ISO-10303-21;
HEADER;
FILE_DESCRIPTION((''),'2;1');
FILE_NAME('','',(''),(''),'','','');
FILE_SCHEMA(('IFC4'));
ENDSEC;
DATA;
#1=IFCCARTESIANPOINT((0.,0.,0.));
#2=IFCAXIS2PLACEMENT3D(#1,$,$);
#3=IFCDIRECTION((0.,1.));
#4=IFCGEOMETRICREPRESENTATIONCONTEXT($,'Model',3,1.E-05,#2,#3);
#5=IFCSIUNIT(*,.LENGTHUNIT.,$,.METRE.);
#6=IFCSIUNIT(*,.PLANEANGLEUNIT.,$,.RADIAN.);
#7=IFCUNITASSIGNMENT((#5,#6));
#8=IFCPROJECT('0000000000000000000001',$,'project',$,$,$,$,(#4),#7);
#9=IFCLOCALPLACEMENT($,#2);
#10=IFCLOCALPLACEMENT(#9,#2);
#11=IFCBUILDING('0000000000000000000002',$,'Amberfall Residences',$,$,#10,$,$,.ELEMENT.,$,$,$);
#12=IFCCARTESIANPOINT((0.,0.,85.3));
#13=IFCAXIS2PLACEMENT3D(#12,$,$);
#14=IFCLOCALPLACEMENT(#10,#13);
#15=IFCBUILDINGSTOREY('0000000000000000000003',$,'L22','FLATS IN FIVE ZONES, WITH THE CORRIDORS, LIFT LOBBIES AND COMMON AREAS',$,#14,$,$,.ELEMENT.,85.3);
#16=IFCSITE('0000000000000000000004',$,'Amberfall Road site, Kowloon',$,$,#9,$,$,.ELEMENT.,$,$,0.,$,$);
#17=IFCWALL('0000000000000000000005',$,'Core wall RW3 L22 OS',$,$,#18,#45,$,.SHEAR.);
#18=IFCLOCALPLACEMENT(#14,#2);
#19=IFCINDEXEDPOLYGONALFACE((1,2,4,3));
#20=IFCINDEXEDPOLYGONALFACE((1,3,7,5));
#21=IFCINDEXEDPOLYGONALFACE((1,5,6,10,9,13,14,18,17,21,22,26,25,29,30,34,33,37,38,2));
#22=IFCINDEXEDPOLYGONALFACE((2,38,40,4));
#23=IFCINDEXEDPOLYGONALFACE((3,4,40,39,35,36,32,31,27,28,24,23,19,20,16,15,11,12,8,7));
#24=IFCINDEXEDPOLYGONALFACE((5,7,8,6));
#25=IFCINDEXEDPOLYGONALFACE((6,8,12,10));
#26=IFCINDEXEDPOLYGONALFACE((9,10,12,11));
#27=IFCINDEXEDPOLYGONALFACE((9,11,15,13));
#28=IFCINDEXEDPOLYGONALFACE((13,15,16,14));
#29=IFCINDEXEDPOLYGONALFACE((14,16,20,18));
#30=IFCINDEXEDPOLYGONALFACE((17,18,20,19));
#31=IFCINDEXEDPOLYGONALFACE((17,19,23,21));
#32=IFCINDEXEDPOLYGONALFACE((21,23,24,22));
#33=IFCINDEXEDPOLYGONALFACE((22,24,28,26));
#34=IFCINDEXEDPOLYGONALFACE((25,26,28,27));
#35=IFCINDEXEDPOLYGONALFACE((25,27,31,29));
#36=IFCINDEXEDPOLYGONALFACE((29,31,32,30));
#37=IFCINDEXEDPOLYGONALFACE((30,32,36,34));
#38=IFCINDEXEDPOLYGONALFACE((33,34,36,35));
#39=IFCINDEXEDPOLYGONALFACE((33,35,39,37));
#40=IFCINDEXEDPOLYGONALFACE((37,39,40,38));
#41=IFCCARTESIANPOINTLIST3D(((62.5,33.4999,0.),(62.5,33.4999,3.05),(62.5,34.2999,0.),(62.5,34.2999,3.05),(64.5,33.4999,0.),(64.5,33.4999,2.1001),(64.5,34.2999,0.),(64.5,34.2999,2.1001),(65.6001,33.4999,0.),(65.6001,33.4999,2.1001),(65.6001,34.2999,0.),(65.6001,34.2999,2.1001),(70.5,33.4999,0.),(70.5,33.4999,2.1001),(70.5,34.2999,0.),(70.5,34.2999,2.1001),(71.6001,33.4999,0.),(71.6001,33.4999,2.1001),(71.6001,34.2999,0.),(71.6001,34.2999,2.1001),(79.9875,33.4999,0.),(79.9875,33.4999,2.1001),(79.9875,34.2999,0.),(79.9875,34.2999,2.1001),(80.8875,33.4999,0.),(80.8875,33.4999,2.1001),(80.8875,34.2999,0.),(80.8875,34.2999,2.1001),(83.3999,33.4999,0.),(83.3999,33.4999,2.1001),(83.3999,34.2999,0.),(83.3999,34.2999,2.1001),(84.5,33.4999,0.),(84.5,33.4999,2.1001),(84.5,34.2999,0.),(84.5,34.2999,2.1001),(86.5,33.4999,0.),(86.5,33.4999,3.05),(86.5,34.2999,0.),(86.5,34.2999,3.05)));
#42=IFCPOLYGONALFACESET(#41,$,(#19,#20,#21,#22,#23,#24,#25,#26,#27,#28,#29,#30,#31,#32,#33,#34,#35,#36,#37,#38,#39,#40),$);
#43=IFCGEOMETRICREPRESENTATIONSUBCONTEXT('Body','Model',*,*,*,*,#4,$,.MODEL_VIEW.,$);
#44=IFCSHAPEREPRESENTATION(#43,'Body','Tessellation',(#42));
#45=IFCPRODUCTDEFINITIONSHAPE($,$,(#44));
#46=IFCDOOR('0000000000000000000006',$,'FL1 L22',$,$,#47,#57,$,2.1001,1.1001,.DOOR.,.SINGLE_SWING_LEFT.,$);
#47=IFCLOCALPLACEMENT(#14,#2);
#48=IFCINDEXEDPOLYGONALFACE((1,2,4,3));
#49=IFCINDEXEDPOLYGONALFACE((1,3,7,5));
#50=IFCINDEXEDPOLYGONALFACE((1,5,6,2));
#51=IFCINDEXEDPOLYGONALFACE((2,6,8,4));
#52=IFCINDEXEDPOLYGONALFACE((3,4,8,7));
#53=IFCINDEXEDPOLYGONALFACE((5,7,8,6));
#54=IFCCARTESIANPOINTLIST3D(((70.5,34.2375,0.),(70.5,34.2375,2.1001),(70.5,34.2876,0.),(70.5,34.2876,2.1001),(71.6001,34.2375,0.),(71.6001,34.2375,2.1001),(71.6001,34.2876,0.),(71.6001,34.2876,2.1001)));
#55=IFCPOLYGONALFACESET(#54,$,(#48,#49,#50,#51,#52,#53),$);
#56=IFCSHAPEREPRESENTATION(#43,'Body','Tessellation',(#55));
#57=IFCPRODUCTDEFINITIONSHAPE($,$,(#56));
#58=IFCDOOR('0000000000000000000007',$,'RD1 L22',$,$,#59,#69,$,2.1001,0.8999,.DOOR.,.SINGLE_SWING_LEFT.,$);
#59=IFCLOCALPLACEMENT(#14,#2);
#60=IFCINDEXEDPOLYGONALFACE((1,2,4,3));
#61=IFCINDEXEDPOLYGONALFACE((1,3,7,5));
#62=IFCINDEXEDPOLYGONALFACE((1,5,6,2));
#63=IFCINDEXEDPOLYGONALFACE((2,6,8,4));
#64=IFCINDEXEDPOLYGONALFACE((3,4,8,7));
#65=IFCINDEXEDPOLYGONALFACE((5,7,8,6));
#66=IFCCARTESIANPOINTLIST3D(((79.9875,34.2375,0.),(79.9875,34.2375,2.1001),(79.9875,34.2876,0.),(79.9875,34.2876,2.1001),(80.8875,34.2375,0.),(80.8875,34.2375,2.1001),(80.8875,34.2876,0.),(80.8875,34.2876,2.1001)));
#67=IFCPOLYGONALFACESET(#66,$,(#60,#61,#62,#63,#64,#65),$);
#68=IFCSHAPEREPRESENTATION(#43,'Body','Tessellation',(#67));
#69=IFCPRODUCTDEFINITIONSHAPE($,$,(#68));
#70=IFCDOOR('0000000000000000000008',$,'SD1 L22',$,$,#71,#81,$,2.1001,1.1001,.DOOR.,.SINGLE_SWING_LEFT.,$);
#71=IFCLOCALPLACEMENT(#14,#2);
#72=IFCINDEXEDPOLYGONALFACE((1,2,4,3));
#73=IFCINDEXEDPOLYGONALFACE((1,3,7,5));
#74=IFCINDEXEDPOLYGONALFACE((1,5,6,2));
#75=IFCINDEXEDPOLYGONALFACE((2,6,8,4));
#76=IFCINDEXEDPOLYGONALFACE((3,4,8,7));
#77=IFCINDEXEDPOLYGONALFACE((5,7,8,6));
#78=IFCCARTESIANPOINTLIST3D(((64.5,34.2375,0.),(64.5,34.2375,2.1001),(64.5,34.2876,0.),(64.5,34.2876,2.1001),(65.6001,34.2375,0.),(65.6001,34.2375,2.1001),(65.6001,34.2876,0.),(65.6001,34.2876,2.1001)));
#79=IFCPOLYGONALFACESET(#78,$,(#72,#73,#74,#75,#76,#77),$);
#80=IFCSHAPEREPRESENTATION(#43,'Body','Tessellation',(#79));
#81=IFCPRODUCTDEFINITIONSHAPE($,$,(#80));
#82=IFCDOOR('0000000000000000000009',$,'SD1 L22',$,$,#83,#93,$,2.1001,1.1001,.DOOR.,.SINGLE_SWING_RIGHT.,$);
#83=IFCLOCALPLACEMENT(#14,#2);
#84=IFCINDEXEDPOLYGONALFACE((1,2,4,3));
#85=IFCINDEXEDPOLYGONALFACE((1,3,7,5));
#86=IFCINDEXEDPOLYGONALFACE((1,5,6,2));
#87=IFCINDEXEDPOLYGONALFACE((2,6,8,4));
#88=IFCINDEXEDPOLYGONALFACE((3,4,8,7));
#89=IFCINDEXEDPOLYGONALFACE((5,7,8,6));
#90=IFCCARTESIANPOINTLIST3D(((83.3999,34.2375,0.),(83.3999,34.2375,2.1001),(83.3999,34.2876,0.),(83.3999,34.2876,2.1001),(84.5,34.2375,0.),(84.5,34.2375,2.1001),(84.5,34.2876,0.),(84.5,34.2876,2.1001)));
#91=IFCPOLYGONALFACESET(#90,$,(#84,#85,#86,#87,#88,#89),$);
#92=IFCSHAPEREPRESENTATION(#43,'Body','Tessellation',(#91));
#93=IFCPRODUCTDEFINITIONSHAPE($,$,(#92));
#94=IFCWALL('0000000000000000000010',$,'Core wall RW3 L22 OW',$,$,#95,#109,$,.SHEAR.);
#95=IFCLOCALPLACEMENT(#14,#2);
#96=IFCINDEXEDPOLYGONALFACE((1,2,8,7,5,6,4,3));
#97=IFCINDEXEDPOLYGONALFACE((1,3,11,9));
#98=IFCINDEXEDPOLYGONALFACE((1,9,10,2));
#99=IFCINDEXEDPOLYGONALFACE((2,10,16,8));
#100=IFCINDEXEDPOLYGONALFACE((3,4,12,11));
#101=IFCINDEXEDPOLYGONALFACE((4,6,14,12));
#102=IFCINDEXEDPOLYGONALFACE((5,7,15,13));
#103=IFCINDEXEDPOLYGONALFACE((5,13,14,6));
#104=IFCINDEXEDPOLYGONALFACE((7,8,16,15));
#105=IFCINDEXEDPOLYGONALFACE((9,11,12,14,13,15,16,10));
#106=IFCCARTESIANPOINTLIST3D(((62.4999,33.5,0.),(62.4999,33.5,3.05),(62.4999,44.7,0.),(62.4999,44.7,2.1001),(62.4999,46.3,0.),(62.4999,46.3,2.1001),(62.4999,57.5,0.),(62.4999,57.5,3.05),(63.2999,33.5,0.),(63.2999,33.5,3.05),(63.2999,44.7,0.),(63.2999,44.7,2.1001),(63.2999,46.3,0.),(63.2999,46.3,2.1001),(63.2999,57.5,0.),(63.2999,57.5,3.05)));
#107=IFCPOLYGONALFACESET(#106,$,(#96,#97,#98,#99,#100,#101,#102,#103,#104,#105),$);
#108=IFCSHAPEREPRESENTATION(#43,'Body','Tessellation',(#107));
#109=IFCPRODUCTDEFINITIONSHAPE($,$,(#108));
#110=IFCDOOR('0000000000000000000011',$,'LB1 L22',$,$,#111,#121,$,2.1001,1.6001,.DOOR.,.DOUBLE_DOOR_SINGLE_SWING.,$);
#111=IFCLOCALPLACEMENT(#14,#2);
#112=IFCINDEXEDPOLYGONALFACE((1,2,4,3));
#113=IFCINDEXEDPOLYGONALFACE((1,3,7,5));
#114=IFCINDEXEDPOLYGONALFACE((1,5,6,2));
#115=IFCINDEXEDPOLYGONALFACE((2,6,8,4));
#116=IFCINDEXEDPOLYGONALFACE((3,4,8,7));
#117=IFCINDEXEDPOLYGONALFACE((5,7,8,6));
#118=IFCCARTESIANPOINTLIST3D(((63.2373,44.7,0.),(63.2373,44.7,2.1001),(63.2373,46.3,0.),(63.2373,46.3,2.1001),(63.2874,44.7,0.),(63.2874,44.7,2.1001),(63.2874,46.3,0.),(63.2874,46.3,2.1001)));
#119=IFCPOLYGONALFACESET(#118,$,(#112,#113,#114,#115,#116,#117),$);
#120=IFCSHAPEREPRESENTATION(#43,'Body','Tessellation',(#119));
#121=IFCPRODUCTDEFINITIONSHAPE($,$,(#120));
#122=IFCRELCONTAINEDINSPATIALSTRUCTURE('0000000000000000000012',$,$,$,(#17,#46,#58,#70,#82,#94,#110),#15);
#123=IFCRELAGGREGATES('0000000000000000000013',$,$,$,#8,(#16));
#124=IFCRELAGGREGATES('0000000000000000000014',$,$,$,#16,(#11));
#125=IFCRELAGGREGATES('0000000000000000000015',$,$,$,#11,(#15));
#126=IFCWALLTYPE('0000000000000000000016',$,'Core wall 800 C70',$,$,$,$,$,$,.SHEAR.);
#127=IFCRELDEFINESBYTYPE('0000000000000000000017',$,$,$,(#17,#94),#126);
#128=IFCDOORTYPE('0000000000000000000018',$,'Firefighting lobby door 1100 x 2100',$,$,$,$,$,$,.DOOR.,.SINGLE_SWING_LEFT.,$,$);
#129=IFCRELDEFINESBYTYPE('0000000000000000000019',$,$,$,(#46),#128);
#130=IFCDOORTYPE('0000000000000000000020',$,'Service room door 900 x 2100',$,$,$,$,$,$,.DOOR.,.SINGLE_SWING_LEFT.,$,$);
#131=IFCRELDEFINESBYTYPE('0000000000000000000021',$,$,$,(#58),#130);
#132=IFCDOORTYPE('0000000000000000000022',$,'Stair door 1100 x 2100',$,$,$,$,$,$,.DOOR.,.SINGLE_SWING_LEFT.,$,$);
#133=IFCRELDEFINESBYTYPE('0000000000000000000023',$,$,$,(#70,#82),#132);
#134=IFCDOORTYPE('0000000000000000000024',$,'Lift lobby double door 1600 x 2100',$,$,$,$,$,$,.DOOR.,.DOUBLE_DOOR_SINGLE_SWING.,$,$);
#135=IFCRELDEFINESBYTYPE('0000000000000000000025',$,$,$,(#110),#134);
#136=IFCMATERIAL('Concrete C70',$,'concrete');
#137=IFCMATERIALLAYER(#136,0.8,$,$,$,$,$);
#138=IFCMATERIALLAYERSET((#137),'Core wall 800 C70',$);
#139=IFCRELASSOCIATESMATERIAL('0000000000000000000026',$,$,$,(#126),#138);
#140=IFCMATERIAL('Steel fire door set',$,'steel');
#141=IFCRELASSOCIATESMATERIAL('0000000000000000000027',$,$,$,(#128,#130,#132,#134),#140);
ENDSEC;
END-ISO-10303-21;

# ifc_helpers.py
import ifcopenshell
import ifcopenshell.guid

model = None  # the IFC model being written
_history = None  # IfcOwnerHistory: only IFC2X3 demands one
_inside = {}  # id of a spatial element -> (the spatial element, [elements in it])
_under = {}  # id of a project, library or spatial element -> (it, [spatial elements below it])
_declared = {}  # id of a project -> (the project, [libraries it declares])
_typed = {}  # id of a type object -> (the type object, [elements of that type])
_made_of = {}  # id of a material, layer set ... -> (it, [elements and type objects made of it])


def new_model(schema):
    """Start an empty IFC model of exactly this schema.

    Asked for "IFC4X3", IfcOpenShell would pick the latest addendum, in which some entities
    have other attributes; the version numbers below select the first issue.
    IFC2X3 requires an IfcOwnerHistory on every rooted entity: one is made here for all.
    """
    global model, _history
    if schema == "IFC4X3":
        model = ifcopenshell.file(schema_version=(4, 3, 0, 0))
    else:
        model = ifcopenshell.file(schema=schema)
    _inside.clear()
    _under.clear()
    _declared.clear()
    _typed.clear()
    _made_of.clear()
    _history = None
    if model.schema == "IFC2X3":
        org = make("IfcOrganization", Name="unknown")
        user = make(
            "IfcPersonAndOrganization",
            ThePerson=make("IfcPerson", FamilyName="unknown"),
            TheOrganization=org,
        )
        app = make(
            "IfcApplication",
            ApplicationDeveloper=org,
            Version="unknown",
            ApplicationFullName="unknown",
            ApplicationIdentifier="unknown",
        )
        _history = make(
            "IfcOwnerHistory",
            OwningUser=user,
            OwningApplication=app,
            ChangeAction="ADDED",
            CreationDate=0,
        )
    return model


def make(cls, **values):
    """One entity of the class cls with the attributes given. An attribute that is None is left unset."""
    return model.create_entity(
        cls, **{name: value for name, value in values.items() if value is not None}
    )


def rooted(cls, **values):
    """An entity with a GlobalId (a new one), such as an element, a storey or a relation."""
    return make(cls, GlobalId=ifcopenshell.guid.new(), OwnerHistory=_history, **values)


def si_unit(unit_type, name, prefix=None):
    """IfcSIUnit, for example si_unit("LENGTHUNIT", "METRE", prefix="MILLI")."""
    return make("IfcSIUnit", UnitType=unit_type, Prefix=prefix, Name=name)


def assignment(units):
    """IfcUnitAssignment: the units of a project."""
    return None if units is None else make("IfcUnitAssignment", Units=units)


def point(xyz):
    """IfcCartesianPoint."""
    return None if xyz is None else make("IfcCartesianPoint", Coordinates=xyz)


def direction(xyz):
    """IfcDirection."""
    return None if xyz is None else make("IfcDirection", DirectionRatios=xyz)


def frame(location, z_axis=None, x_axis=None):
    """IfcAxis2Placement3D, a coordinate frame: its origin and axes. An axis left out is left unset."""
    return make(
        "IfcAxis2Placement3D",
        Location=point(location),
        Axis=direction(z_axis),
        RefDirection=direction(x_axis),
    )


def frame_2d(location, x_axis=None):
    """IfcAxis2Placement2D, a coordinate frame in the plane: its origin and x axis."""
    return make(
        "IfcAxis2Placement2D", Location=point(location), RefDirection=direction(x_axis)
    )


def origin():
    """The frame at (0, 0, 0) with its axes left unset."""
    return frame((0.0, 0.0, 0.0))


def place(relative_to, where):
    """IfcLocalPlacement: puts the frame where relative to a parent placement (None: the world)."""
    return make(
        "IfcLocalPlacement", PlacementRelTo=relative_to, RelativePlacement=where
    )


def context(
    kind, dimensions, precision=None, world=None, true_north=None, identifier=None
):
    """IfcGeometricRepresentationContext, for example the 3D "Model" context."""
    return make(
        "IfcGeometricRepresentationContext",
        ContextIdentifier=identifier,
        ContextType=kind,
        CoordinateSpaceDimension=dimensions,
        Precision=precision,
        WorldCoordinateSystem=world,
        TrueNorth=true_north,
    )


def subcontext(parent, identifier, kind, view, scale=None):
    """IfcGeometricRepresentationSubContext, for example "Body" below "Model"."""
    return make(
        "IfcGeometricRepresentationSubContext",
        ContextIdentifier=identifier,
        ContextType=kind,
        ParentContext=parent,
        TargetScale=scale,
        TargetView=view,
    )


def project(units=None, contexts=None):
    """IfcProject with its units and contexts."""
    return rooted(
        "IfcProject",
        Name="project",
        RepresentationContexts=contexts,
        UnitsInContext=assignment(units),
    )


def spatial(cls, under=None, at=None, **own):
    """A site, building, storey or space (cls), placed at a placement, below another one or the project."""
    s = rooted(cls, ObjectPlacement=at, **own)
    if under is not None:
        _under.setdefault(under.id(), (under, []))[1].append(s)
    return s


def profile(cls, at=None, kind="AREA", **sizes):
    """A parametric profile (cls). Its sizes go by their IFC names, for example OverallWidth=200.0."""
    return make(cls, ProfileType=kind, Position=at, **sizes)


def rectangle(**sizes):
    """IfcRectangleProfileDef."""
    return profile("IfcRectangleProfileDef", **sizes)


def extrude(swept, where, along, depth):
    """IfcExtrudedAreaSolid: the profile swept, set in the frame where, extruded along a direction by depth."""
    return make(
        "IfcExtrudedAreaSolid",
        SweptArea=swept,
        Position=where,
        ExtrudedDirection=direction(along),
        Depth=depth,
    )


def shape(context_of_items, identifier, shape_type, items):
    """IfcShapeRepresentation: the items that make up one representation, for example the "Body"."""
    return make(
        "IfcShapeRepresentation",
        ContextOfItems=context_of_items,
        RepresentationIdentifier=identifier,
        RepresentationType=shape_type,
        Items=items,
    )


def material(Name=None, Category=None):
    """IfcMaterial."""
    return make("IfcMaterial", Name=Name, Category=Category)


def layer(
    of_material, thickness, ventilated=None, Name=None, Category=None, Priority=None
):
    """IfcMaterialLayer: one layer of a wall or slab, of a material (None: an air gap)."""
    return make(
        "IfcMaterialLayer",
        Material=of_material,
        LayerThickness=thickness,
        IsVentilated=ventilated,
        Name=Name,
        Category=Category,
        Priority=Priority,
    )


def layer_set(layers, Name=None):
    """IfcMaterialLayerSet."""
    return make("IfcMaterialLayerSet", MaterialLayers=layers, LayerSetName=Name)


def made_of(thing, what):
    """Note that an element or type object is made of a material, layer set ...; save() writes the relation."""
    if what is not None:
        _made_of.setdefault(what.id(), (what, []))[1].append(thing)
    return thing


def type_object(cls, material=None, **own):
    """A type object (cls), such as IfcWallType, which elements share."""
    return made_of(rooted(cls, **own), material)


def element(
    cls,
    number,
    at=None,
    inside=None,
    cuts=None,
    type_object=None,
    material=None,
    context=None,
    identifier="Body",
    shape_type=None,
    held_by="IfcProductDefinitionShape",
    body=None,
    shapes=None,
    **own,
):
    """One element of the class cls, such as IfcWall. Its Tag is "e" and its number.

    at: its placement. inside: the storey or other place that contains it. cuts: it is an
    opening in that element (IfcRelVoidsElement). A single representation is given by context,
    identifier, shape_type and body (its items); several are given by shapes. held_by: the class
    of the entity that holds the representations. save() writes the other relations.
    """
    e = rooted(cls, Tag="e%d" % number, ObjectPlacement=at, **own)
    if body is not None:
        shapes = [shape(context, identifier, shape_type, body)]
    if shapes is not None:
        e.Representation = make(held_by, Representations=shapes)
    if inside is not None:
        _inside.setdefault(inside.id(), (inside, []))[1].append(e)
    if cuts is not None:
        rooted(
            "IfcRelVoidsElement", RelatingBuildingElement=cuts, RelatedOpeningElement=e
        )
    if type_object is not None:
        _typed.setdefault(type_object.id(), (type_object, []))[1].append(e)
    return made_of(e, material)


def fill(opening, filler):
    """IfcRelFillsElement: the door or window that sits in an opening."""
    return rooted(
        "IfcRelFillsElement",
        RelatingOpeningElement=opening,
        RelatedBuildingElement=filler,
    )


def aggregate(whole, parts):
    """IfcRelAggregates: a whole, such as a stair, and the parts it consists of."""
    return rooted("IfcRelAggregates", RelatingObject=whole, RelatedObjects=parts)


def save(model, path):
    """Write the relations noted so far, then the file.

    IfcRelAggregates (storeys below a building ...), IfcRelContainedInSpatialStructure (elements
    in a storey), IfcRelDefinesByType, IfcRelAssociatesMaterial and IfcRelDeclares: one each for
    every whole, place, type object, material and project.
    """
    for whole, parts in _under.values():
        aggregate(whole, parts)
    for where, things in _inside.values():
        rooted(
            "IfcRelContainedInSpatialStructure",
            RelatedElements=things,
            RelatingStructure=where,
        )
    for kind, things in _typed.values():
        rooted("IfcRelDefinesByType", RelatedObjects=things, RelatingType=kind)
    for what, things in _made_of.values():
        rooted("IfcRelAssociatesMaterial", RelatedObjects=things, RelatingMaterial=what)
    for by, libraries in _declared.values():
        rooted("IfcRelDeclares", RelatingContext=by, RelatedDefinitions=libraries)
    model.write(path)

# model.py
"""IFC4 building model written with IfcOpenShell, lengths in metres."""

from ifc_helpers import new_model, si_unit, direction, frame, frame_2d, origin, place, context, subcontext, project, spatial, rectangle, extrude, material, layer, layer_set, type_object, element, fill, save


model = new_model("IFC4")

# Units and contexts
model_context = context("Model", 3, precision=1e-05, world=origin(), true_north=direction((0.0, 1.0)))
body_context = subcontext(model_context, "Body", "Model", "MODEL_VIEW")
ifc_project = project(units=[si_unit("LENGTHUNIT", "METRE"), si_unit("PLANEANGLEUNIT", "RADIAN")], contexts=[model_context])

# Site, building, storey
site_placement = place(None, origin())
site = spatial("IfcSite", under=ifc_project, at=site_placement, Name="Amberfall Road site, Kowloon", CompositionType="ELEMENT", RefElevation=0.0)
building_placement = place(site_placement, origin())
building = spatial("IfcBuilding", under=site, at=building_placement, Name="Amberfall Residences", CompositionType="ELEMENT")
storey_placement = place(building_placement, frame((0.0, 0.0, 85.3)))
storey = spatial("IfcBuildingStorey", under=building, at=storey_placement, Name="L22", Description="FLATS IN FIVE ZONES, WITH THE CORRIDORS, LIFT LOBBIES AND COMMON AREAS", CompositionType="ELEMENT", Elevation=85.3)

# Wall, openings, doors
ifc_material_1 = material(Name="Concrete C70", Category="concrete")
ifc_layer_1 = layer(ifc_material_1, 0.8)
ifc_layer_set_1 = layer_set([ifc_layer_1], Name="Core wall 800 C70")
wall_type_1 = type_object("IfcWallType", Name="Core wall 800 C70", PredefinedType="SHEAR", material=ifc_layer_set_1)
wall_1_placement = place(storey_placement, frame((62.5, 33.8999, 0.0), z_axis=(0.0, 0.0, 1.0), x_axis=(1.0, 0.0, 0.0)))
wall_1 = element("IfcWall", 1, at=wall_1_placement, inside=storey, type_object=wall_type_1, Name="Core wall RW3 L22 OS", PredefinedType="SHEAR", context=body_context, shape_type="SweptSolid", body=[
    extrude(rectangle(XDim=24.0, YDim=0.8, at=frame_2d((12.0, 0.0))), origin(), (0.0, 0.0, 1.0), 3.05),
])
opening_1_placement = place(wall_1_placement, frame((2.0, 0.0, 0.0)))
opening_1 = element("IfcOpeningElement", 2, at=opening_1_placement, cuts=wall_1, PredefinedType="OPENING", context=body_context, shape_type="SweptSolid", body=[
    extrude(rectangle(XDim=1.1001, YDim=2.1001, at=frame_2d((0.55, 1.05))), frame((0.0, 0.4099, 0.0), z_axis=(0.0, -1.0, 0.0), x_axis=(1.0, 0.0, 0.0)), (0.0, 0.0, 1.0), 0.8201),
])
opening_2_placement = place(wall_1_placement, frame((20.8999, 0.0, 0.0)))
opening_2 = element("IfcOpeningElement", 3, at=opening_2_placement, cuts=wall_1, PredefinedType="OPENING", context=body_context, shape_type="SweptSolid", body=[
    extrude(rectangle(XDim=1.1001, YDim=2.1001, at=frame_2d((0.55, 1.05))), frame((0.0, 0.4099, 0.0), z_axis=(0.0, -1.0, 0.0), x_axis=(1.0, 0.0, 0.0)), (0.0, 0.0, 1.0), 0.8201),
])
opening_3_placement = place(wall_1_placement, frame((8.0, 0.0, 0.0)))
opening_3 = element("IfcOpeningElement", 4, at=opening_3_placement, cuts=wall_1, PredefinedType="OPENING", context=body_context, shape_type="SweptSolid", body=[
    extrude(rectangle(XDim=1.1001, YDim=2.1001, at=frame_2d((0.55, 1.05))), frame((0.0, 0.4099, 0.0), z_axis=(0.0, -1.0, 0.0), x_axis=(1.0, 0.0, 0.0)), (0.0, 0.0, 1.0), 0.8201),
])
opening_4_placement = place(wall_1_placement, frame((17.4875, 0.0, 0.0)))
opening_4 = element("IfcOpeningElement", 5, at=opening_4_placement, cuts=wall_1, PredefinedType="OPENING", context=body_context, shape_type="SweptSolid", body=[
    extrude(rectangle(XDim=0.8999, YDim=2.1001, at=frame_2d((0.45, 1.05))), frame((0.0, 0.4099, 0.0), z_axis=(0.0, -1.0, 0.0), x_axis=(1.0, 0.0, 0.0)), (0.0, 0.0, 1.0), 0.8201),
])
ifc_material_2 = material(Name="Steel fire door set", Category="steel")
door_type_1 = type_object("IfcDoorType", Name="Firefighting lobby door 1100 x 2100", OperationType="SINGLE_SWING_LEFT", PredefinedType="DOOR", material=ifc_material_2)
door_1_placement = place(opening_3_placement, origin())
door_1 = element("IfcDoor", 6, at=door_1_placement, inside=storey, type_object=door_type_1, Name="FL1 L22", OperationType="SINGLE_SWING_LEFT", OverallHeight=2.1001, OverallWidth=1.1001, PredefinedType="DOOR", context=body_context, shape_type="SweptSolid", body=[
    extrude(rectangle(XDim=1.1001, YDim=2.1001, at=frame_2d((0.55, 1.05))), frame((0.0, 0.3877, 0.0), z_axis=(0.0, -1.0, 0.0), x_axis=(1.0, 0.0, 0.0)), (0.0, 0.0, 1.0), 0.05),
])
fill(opening_3, door_1)
door_type_2 = type_object("IfcDoorType", Name="Service room door 900 x 2100", OperationType="SINGLE_SWING_LEFT", PredefinedType="DOOR", material=ifc_material_2)
door_2_placement = place(opening_4_placement, origin())
door_2 = element("IfcDoor", 7, at=door_2_placement, inside=storey, type_object=door_type_2, Name="RD1 L22", OperationType="SINGLE_SWING_LEFT", OverallHeight=2.1001, OverallWidth=0.8999, PredefinedType="DOOR", context=body_context, shape_type="SweptSolid", body=[
    extrude(rectangle(XDim=0.8999, YDim=2.1001, at=frame_2d((0.45, 1.05))), frame((0.0, 0.3877, 0.0), z_axis=(0.0, -1.0, 0.0), x_axis=(1.0, 0.0, 0.0)), (0.0, 0.0, 1.0), 0.05),
])
fill(opening_4, door_2)
door_type_3 = type_object("IfcDoorType", Name="Stair door 1100 x 2100", OperationType="SINGLE_SWING_LEFT", PredefinedType="DOOR", material=ifc_material_2)
door_3_placement = place(opening_1_placement, origin())
door_3 = element("IfcDoor", 8, at=door_3_placement, inside=storey, type_object=door_type_3, Name="SD1 L22", OperationType="SINGLE_SWING_LEFT", OverallHeight=2.1001, OverallWidth=1.1001, PredefinedType="DOOR", context=body_context, shape_type="SweptSolid", body=[
    extrude(rectangle(XDim=1.1001, YDim=2.1001, at=frame_2d((0.55, 1.05))), frame((0.0, 0.3877, 0.0), z_axis=(0.0, -1.0, 0.0), x_axis=(1.0, 0.0, 0.0)), (0.0, 0.0, 1.0), 0.05),
])
fill(opening_1, door_3)
door_4_placement = place(opening_2_placement, origin())
door_4 = element("IfcDoor", 9, at=door_4_placement, inside=storey, type_object=door_type_3, Name="SD1 L22", OperationType="SINGLE_SWING_RIGHT", OverallHeight=2.1001, OverallWidth=1.1001, PredefinedType="DOOR", context=body_context, shape_type="SweptSolid", body=[
    extrude(rectangle(XDim=1.1001, YDim=2.1001, at=frame_2d((0.55, 1.05))), frame((0.0, 0.3877, 0.0), z_axis=(0.0, -1.0, 0.0), x_axis=(1.0, 0.0, 0.0)), (0.0, 0.0, 1.0), 0.05),
])
fill(opening_2, door_4)

# Wall, opening, door
wall_2_placement = place(storey_placement, frame((62.8999, 33.5, 0.0), z_axis=(0.0, 0.0, 1.0), x_axis=(0.0, 1.0, 0.0)))
wall_2 = element("IfcWall", 10, at=wall_2_placement, inside=storey, type_object=wall_type_1, Name="Core wall RW3 L22 OW", PredefinedType="SHEAR", context=body_context, shape_type="SweptSolid", body=[
    extrude(rectangle(XDim=24.0, YDim=0.8, at=frame_2d((12.0, 0.0))), origin(), (0.0, 0.0, 1.0), 3.05),
])
opening_5_placement = place(wall_2_placement, frame((11.2, 0.0, 0.0)))
opening_5 = element("IfcOpeningElement", 11, at=opening_5_placement, cuts=wall_2, PredefinedType="OPENING", context=body_context, shape_type="SweptSolid", body=[
    extrude(rectangle(XDim=1.6001, YDim=2.1001, at=frame_2d((0.8, 1.05))), frame((0.0, 0.4099, 0.0), z_axis=(0.0, -1.0, 0.0), x_axis=(1.0, 0.0, 0.0)), (0.0, 0.0, 1.0), 0.8201),
])
door_type_4 = type_object("IfcDoorType", Name="Lift lobby double door 1600 x 2100", OperationType="DOUBLE_DOOR_SINGLE_SWING", PredefinedType="DOOR", material=ifc_material_2)
door_5_placement = place(opening_5_placement, origin())
door_5 = element("IfcDoor", 12, at=door_5_placement, inside=storey, type_object=door_type_4, Name="LB1 L22", OperationType="DOUBLE_DOOR_SINGLE_SWING", OverallHeight=2.1001, OverallWidth=1.6001, PredefinedType="DOOR", context=body_context, shape_type="SweptSolid", body=[
    extrude(rectangle(XDim=1.6001, YDim=2.1001, at=frame_2d((0.8, 1.05))), frame((0.0, -0.3374, 0.0), z_axis=(0.0, -1.0, 0.0), x_axis=(1.0, 0.0, 0.0)), (0.0, 0.0, 1.0), 0.05),
])
fill(opening_5, door_5)

save(model, "model.ifc")
